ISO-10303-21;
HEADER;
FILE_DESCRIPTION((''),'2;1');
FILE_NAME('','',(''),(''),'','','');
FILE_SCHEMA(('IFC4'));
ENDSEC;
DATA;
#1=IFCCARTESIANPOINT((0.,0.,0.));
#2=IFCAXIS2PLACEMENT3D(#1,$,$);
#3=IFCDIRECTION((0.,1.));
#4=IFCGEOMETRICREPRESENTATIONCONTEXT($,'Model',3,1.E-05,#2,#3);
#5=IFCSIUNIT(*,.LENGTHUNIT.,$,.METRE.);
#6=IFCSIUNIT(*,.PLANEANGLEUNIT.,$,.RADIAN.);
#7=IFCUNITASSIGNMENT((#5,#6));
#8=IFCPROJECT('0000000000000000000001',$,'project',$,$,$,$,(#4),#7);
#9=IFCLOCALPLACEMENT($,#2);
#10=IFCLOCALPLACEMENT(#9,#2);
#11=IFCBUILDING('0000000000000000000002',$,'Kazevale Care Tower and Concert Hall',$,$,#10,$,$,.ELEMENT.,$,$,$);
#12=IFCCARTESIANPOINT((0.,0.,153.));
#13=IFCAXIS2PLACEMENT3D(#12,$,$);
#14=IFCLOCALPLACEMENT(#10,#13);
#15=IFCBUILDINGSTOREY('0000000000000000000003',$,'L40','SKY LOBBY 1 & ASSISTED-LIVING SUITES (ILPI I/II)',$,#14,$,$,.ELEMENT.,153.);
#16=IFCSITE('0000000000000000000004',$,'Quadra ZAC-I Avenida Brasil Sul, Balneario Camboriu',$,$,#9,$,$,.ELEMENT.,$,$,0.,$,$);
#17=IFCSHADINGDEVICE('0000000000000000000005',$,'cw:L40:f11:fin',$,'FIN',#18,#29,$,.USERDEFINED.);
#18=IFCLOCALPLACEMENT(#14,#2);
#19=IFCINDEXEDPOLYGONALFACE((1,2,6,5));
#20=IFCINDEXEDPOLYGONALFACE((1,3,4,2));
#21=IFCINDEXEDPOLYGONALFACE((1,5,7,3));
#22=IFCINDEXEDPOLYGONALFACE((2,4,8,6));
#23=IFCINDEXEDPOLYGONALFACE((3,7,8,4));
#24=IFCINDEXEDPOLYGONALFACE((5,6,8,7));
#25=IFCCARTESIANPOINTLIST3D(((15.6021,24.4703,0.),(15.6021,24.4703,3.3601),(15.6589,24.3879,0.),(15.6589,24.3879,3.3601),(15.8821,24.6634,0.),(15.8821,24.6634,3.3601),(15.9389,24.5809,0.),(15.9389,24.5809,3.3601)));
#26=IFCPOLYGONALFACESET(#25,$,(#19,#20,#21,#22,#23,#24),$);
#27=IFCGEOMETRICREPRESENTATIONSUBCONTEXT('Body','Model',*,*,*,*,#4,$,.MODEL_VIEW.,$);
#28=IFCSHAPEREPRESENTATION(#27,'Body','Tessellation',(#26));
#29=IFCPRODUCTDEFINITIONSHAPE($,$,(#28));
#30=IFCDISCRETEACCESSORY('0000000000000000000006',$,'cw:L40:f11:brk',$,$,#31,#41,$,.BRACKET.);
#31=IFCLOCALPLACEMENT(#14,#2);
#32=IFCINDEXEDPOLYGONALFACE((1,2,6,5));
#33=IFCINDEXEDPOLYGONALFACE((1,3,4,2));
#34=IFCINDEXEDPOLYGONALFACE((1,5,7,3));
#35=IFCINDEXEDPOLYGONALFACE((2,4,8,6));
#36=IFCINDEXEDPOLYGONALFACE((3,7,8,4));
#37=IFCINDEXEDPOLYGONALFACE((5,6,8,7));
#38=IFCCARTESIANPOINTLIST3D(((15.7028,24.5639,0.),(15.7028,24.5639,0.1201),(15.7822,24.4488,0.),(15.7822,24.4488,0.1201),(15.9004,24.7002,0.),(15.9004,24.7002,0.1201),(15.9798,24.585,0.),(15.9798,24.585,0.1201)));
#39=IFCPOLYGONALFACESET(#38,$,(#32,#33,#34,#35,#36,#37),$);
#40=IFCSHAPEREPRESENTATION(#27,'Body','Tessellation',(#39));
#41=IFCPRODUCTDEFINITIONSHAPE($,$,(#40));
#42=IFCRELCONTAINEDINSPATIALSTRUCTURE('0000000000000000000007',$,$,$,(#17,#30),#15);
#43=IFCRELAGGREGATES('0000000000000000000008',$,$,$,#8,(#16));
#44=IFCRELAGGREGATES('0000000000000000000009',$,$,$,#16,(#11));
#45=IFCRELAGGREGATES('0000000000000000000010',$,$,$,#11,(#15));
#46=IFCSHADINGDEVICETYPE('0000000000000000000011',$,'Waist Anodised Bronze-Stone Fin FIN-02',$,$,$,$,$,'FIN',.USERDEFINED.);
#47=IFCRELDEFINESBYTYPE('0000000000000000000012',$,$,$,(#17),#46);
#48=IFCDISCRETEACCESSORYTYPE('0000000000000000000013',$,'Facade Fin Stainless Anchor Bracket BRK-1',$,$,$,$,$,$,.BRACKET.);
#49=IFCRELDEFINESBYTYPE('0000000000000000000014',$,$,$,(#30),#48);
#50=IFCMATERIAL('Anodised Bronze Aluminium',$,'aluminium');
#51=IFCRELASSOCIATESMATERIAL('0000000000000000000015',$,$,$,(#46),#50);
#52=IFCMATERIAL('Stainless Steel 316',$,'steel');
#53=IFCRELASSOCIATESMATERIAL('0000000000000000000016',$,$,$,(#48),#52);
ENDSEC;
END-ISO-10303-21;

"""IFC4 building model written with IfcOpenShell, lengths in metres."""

from ifc_helpers import new_model, si_unit, direction, frame, origin, origin_2d, place, context, subcontext, project, spatial, rectangle, extrude, material, type_object, element, save


model = new_model("IFC4")

# Units and contexts
model_context = context("Model", 3, precision=1e-05, world=origin(), true_north=direction((0.0, 1.0)))
body_context = subcontext(model_context, "Body", "Model", "MODEL_VIEW")
ifc_project = project(units=[si_unit("LENGTHUNIT", "METRE"), si_unit("PLANEANGLEUNIT", "RADIAN")], contexts=[model_context])

# Site, building, storey
site_placement = place(None, origin())
site = spatial("IfcSite", under=ifc_project, at=site_placement, Name="Quadra ZAC-I Avenida Brasil Sul, Balneario Camboriu", CompositionType="ELEMENT", RefElevation=0.0)
building_placement = place(site_placement, origin())
building = spatial("IfcBuilding", under=site, at=building_placement, Name="Kazevale Care Tower and Concert Hall", CompositionType="ELEMENT")
storey_placement = place(building_placement, frame((0.0, 0.0, 153.0)))
storey = spatial("IfcBuildingStorey", under=building, at=storey_placement, Name="L40", Description="SKY LOBBY 1 & ASSISTED-LIVING SUITES (ILPI I/II)", CompositionType="ELEMENT", Elevation=153.0)

# Shading device
ifc_material_1 = material(Name="Anodised Bronze Aluminium", Category="aluminium")
shading_device_type = type_object("IfcShadingDeviceType", Name="Waist Anodised Bronze-Stone Fin FIN-02", ElementType="FIN", PredefinedType="USERDEFINED", material=ifc_material_1)
shading_device_placement = place(storey_placement, frame((15.7705, 24.5256, 0.0), z_axis=(0.0, 0.0, 1.0), x_axis=(-0.823335, -0.567556, 0.0)))
element("IfcShadingDevice", 1, at=shading_device_placement, inside=storey, type_object=shading_device_type, Name="cw:L40:f11:fin", ObjectType="FIN", PredefinedType="USERDEFINED", context=body_context, shape_type="SweptSolid", body=[
    extrude(rectangle(XDim=0.3401, YDim=0.1001, at=origin_2d()), origin(), (0.0, 0.0, 1.0), 3.3601),
])

# Discrete accessory
ifc_material_2 = material(Name="Stainless Steel 316", Category="steel")
discrete_accessory_type = type_object("IfcDiscreteAccessoryType", Name="Facade Fin Stainless Anchor Bracket BRK-1", PredefinedType="BRACKET", material=ifc_material_2)
discrete_accessory_placement = place(storey_placement, frame((15.8413, 24.5745, 0.0), z_axis=(0.0, 0.0, 1.0), x_axis=(-0.823335, -0.567556, 0.0)))
element("IfcDiscreteAccessory", 2, at=discrete_accessory_placement, inside=storey, type_object=discrete_accessory_type, Name="cw:L40:f11:brk", PredefinedType="BRACKET", context=body_context, shape_type="SweptSolid", body=[
    extrude(rectangle(XDim=0.24, YDim=0.1399, at=origin_2d()), origin(), (0.0, 0.0, 1.0), 0.1201),
])

save(model, "model.ifc")
